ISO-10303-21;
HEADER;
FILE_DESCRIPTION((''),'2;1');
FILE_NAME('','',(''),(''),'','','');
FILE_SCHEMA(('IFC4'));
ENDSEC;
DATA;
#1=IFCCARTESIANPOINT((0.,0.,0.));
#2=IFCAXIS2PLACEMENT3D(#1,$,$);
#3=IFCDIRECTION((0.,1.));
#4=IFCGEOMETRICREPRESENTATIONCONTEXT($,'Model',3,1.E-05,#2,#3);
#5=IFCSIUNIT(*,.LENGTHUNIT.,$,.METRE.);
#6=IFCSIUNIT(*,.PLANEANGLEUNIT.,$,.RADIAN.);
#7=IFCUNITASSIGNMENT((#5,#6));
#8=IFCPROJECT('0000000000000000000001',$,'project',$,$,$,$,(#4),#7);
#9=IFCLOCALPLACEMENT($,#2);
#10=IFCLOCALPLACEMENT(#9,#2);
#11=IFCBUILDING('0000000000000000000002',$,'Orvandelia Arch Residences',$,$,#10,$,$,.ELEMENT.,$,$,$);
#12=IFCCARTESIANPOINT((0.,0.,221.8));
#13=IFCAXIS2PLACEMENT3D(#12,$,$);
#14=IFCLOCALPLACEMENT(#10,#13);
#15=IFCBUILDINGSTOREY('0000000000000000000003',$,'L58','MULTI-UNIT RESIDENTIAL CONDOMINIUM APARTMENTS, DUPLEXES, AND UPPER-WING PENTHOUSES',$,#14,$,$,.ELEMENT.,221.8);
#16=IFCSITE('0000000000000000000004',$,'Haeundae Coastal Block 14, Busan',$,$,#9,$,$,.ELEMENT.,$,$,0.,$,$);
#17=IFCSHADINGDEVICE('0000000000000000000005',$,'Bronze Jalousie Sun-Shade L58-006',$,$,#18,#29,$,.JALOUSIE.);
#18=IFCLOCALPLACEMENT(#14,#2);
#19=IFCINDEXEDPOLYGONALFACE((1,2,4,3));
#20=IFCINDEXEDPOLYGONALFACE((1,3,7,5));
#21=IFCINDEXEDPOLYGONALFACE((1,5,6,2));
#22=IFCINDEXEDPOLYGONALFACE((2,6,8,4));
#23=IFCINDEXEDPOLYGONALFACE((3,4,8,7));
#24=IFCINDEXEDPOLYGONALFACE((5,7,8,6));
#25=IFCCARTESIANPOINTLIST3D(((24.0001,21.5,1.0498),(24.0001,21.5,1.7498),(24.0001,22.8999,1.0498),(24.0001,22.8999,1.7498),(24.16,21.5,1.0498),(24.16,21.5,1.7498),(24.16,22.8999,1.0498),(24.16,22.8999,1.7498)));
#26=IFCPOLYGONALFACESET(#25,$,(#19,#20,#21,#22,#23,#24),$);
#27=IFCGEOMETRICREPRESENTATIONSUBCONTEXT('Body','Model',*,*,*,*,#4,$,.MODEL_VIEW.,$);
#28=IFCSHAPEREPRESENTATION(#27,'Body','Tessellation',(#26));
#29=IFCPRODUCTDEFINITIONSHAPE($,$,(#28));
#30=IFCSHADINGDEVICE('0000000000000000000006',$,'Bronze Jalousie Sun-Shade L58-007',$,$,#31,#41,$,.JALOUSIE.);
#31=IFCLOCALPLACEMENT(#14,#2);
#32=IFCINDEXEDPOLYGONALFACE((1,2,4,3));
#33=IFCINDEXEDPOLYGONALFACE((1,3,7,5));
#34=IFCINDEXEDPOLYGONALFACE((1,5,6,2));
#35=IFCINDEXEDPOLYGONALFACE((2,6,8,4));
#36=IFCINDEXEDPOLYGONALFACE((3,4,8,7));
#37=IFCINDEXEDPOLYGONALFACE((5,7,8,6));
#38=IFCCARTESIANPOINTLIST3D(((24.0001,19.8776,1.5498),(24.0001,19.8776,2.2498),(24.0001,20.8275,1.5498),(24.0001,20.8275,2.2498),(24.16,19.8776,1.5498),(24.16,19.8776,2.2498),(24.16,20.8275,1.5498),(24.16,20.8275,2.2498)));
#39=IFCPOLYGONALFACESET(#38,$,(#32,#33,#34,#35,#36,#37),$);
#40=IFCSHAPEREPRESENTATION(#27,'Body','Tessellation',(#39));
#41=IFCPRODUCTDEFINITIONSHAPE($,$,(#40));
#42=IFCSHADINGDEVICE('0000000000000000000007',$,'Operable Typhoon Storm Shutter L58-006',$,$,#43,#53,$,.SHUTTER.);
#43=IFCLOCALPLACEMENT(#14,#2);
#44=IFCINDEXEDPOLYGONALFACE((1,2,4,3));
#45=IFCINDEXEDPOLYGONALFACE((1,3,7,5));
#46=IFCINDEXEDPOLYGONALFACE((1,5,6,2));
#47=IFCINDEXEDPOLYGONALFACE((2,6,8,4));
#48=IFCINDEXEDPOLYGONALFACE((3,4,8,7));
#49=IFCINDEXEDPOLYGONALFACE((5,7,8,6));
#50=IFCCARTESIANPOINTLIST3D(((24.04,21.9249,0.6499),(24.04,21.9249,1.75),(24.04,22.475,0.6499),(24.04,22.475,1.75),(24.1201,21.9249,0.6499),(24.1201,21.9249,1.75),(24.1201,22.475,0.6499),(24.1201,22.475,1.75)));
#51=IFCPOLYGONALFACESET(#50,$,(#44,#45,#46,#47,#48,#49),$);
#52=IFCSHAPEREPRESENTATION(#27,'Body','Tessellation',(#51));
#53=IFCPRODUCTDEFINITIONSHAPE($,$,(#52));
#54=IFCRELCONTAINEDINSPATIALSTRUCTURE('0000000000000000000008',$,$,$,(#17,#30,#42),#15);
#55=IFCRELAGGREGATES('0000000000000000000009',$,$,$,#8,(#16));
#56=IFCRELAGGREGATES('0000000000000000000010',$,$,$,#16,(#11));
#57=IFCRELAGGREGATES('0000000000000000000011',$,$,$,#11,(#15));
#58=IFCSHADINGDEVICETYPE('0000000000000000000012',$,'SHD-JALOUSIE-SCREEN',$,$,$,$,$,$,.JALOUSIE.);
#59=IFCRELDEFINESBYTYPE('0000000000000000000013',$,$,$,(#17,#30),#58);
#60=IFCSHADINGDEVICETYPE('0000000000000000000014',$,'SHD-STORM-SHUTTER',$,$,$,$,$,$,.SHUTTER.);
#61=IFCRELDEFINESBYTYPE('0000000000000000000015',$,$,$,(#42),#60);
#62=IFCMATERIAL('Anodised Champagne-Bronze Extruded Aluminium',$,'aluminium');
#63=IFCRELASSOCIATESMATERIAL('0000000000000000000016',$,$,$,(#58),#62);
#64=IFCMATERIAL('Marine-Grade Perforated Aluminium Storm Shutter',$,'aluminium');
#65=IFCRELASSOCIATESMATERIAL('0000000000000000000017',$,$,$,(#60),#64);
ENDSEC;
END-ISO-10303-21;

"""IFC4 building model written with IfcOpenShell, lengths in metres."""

from ifc_helpers import new_model, si_unit, direction, frame, origin, origin_2d, place, context, subcontext, project, spatial, rectangle, extrude, material, type_object, element, save


model = new_model("IFC4")

# Units and contexts
model_context = context("Model", 3, precision=1e-05, world=origin(), true_north=direction((0.0, 1.0)))
body_context = subcontext(model_context, "Body", "Model", "MODEL_VIEW")
ifc_project = project(units=[si_unit("LENGTHUNIT", "METRE"), si_unit("PLANEANGLEUNIT", "RADIAN")], contexts=[model_context])

# Site, building, storey
site_placement = place(None, origin())
site = spatial("IfcSite", under=ifc_project, at=site_placement, Name="Haeundae Coastal Block 14, Busan", CompositionType="ELEMENT", RefElevation=0.0)
building_placement = place(site_placement, origin())
building = spatial("IfcBuilding", under=site, at=building_placement, Name="Orvandelia Arch Residences", CompositionType="ELEMENT")
storey_placement = place(building_placement, frame((0.0, 0.0, 221.8)))
storey = spatial("IfcBuildingStorey", under=building, at=storey_placement, Name="L58", Description="MULTI-UNIT RESIDENTIAL CONDOMINIUM APARTMENTS, DUPLEXES, AND UPPER-WING PENTHOUSES", CompositionType="ELEMENT", Elevation=221.8)

# Shading devices
ifc_material_1 = material(Name="Anodised Champagne-Bronze Extruded Aluminium", Category="aluminium")
shading_device_type_1 = type_object("IfcShadingDeviceType", Name="SHD-JALOUSIE-SCREEN", PredefinedType="JALOUSIE", material=ifc_material_1)
shading_device_1_placement = place(storey_placement, frame((24.0801, 22.2, 1.0498), z_axis=(0.0, 0.0, 1.0), x_axis=(0.0, -1.0, 0.0)))
element("IfcShadingDevice", 1, at=shading_device_1_placement, inside=storey, type_object=shading_device_type_1, Name="Bronze Jalousie Sun-Shade L58-006", PredefinedType="JALOUSIE", context=body_context, shape_type="SweptSolid", body=[
    extrude(rectangle(XDim=1.3999, YDim=0.1599, at=origin_2d()), origin(), (0.0, 0.0, 1.0), 0.7),
])
shading_device_2_placement = place(storey_placement, frame((24.0801, 20.3525, 1.5498), z_axis=(0.0, 0.0, 1.0), x_axis=(0.0, -1.0, 0.0)))
element("IfcShadingDevice", 2, at=shading_device_2_placement, inside=storey, type_object=shading_device_type_1, Name="Bronze Jalousie Sun-Shade L58-007", PredefinedType="JALOUSIE", context=body_context, shape_type="SweptSolid", body=[
    extrude(rectangle(XDim=0.95, YDim=0.1599, at=origin_2d()), origin(), (0.0, 0.0, 1.0), 0.7),
])
ifc_material_2 = material(Name="Marine-Grade Perforated Aluminium Storm Shutter", Category="aluminium")
shading_device_type_2 = type_object("IfcShadingDeviceType", Name="SHD-STORM-SHUTTER", PredefinedType="SHUTTER", material=ifc_material_2)
shading_device_3_placement = place(storey_placement, frame((24.0801, 22.2, 0.6499), z_axis=(0.0, 0.0, 1.0), x_axis=(0.0, -1.0, 0.0)))
element("IfcShadingDevice", 3, at=shading_device_3_placement, inside=storey, type_object=shading_device_type_2, Name="Operable Typhoon Storm Shutter L58-006", PredefinedType="SHUTTER", context=body_context, shape_type="SweptSolid", body=[
    extrude(rectangle(XDim=0.55, YDim=0.0801, at=origin_2d()), origin(), (0.0, 0.0, 1.0), 1.1001),
])

save(model, "model.ifc")
